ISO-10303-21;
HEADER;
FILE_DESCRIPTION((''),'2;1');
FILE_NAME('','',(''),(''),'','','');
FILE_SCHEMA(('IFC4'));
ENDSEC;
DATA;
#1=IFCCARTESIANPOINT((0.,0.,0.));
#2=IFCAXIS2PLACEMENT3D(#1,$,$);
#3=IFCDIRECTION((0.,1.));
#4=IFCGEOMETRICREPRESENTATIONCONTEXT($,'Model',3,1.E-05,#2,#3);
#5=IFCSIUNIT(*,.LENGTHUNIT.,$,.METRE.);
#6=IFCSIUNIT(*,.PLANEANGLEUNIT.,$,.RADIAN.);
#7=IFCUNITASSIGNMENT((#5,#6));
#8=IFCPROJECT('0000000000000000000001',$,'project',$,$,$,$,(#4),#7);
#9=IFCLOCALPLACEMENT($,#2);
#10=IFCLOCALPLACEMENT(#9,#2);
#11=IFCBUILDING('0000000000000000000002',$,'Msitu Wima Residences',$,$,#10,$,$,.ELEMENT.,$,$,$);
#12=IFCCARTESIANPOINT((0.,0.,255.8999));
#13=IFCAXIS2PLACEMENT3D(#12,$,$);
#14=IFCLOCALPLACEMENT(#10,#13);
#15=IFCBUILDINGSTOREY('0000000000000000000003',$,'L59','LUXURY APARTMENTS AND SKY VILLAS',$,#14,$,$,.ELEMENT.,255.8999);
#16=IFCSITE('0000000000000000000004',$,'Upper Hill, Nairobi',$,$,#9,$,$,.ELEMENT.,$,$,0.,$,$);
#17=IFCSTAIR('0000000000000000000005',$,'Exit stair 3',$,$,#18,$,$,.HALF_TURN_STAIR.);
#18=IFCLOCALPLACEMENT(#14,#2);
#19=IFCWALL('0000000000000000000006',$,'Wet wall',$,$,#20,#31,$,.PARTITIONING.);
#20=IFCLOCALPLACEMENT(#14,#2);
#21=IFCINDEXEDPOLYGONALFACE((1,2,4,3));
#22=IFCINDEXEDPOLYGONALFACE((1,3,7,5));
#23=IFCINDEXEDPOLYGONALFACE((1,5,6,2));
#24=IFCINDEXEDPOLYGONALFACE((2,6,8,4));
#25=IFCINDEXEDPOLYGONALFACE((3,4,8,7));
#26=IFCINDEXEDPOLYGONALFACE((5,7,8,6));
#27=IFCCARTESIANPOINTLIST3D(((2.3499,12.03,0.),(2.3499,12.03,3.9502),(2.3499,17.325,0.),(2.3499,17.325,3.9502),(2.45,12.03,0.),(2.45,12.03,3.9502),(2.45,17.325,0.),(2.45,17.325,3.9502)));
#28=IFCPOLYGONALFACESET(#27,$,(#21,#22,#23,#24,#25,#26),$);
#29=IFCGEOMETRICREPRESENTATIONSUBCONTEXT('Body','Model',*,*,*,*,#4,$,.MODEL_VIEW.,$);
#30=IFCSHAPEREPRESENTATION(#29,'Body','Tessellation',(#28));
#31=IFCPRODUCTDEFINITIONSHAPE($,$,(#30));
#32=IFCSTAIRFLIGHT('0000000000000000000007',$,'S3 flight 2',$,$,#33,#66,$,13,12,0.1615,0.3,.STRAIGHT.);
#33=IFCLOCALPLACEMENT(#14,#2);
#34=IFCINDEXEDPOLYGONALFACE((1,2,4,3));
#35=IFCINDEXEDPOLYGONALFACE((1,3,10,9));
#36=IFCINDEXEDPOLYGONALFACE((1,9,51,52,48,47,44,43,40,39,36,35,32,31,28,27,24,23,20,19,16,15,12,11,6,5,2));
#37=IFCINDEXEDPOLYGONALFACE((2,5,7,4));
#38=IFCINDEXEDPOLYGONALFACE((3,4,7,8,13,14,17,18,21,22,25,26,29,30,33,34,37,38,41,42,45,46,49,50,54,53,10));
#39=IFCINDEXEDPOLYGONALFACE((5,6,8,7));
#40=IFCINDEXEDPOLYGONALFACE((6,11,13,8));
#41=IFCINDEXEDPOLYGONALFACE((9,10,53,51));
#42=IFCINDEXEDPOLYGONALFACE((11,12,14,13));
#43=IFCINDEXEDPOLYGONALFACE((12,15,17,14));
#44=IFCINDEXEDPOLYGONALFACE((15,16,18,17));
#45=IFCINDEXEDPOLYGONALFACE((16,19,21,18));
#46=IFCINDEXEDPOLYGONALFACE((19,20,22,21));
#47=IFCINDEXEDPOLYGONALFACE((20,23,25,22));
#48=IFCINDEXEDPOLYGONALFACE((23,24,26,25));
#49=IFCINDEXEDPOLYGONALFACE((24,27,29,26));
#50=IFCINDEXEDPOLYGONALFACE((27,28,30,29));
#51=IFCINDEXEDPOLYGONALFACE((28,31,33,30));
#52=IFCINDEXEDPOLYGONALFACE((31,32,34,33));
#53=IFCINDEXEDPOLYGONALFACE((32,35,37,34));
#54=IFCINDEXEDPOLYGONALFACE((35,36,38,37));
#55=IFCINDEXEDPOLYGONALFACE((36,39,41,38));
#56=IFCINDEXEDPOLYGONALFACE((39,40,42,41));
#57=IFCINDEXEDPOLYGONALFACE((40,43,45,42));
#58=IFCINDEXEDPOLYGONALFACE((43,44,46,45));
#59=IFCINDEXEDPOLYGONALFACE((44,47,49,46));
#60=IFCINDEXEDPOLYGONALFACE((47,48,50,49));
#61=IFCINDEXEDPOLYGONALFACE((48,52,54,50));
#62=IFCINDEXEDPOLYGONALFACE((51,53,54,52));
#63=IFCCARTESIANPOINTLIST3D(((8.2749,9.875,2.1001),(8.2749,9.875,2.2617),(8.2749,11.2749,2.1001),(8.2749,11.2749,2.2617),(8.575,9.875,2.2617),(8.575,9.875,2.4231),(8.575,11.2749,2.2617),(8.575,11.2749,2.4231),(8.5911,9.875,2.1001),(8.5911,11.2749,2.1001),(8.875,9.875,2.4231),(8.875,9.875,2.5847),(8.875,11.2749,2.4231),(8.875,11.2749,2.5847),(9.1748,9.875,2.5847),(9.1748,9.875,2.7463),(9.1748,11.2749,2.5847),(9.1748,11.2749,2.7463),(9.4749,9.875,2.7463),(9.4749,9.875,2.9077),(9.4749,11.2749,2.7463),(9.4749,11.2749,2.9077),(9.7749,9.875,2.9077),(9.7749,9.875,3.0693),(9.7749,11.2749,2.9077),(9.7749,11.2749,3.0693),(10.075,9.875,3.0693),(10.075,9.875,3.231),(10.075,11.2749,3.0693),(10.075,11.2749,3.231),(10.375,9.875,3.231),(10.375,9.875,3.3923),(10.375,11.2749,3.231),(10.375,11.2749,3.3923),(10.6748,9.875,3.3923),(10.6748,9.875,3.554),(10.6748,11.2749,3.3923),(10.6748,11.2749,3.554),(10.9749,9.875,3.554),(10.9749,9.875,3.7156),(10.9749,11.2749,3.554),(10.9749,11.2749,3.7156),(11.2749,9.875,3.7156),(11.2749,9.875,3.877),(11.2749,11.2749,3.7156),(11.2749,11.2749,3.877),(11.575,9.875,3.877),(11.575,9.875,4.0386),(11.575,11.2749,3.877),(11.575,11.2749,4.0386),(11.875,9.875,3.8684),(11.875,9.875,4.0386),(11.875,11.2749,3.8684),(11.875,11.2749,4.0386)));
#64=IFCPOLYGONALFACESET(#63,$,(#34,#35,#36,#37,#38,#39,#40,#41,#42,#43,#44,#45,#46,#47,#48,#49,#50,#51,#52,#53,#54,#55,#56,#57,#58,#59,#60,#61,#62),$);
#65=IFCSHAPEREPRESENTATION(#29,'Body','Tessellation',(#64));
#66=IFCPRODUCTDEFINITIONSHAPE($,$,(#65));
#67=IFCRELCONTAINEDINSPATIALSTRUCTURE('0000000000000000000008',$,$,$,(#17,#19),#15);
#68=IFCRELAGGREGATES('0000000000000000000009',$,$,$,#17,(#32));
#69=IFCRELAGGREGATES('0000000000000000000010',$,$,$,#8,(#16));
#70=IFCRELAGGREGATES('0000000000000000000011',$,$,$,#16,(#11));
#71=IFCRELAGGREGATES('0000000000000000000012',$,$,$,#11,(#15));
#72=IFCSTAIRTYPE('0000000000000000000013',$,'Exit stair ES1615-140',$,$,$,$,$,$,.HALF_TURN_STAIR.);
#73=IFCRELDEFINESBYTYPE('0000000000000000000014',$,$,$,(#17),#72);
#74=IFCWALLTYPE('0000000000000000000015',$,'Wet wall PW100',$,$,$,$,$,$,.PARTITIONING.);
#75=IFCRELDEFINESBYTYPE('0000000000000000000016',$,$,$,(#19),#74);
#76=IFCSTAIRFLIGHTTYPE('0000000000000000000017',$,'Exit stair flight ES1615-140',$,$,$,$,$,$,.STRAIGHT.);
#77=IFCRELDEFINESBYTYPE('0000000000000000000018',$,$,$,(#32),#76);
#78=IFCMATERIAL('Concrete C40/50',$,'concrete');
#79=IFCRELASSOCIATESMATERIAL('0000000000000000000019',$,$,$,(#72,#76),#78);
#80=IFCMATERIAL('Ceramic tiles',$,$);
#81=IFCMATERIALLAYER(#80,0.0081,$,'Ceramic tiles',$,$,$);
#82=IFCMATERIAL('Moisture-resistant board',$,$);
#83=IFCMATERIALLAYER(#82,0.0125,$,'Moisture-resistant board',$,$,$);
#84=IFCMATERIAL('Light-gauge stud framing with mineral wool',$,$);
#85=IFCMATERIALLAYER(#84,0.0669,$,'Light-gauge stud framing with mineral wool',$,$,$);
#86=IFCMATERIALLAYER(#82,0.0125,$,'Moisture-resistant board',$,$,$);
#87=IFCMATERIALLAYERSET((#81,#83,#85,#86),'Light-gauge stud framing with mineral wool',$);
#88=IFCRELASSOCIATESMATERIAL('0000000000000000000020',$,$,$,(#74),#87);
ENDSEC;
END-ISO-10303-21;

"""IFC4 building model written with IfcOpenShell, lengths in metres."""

from ifc_helpers import new_model, si_unit, direction, frame, frame_2d, origin, place, context, subcontext, project, spatial, polyline, rectangle, outline, extrude, material, layer, layer_set, type_object, element, aggregate, save


model = new_model("IFC4")

# Units and contexts
model_context = context("Model", 3, precision=1e-05, world=origin(), true_north=direction((0.0, 1.0)))
body_context = subcontext(model_context, "Body", "Model", "MODEL_VIEW")
ifc_project = project(units=[si_unit("LENGTHUNIT", "METRE"), si_unit("PLANEANGLEUNIT", "RADIAN")], contexts=[model_context])

# Site, building, storey
site_placement = place(None, origin())
site = spatial("IfcSite", under=ifc_project, at=site_placement, Name="Upper Hill, Nairobi", CompositionType="ELEMENT", RefElevation=0.0)
building_placement = place(site_placement, origin())
building = spatial("IfcBuilding", under=site, at=building_placement, Name="Msitu Wima Residences", CompositionType="ELEMENT")
storey_placement = place(building_placement, frame((0.0, 0.0, 255.8999)))
storey = spatial("IfcBuildingStorey", under=building, at=storey_placement, Name="L59", Description="LUXURY APARTMENTS AND SKY VILLAS", CompositionType="ELEMENT", Elevation=255.8999)

# Shared definitions
ifc_material_1 = material(Name="Concrete C40/50", Category="concrete")

# Stair
stair_type = type_object("IfcStairType", Name="Exit stair ES1615-140", PredefinedType="HALF_TURN_STAIR", material=ifc_material_1)
stair_1_placement = place(storey_placement, origin())
stair_1 = element("IfcStair", 1, at=stair_1_placement, inside=storey, type_object=stair_type, Name="Exit stair 3", PredefinedType="HALF_TURN_STAIR")

# Wall
ifc_material_2 = material(Name="Ceramic tiles")
ifc_layer_1 = layer(ifc_material_2, 0.0081, Name="Ceramic tiles")
ifc_material_3 = material(Name="Moisture-resistant board")
ifc_layer_2 = layer(ifc_material_3, 0.0125, Name="Moisture-resistant board")
ifc_material_4 = material(Name="Light-gauge stud framing with mineral wool")
ifc_layer_3 = layer(ifc_material_4, 0.0669, Name="Light-gauge stud framing with mineral wool")
ifc_layer_4 = layer(ifc_material_3, 0.0125, Name="Moisture-resistant board")
ifc_layer_set_1 = layer_set([ifc_layer_1, ifc_layer_2, ifc_layer_3, ifc_layer_4], Name="Light-gauge stud framing with mineral wool")
wall_type_1 = type_object("IfcWallType", Name="Wet wall PW100", PredefinedType="PARTITIONING", material=ifc_layer_set_1)
wall_1_placement = place(storey_placement, frame((2.3999, 12.03, 0.0), z_axis=(0.0, 0.0, 1.0), x_axis=(0.0, 1.0, 0.0)))
element("IfcWall", 2, at=wall_1_placement, inside=storey, type_object=wall_type_1, Name="Wet wall", PredefinedType="PARTITIONING", context=body_context, shape_type="SweptSolid", body=[
    extrude(rectangle(XDim=5.2949, YDim=0.1001, at=frame_2d((2.6475, 0.0))), origin(), (0.0, 0.0, 1.0), 3.9502),
])

# Stair flight
stair_flight_type = type_object("IfcStairFlightType", Name="Exit stair flight ES1615-140", PredefinedType="STRAIGHT", material=ifc_material_1)
stair_flight_placement = place(storey_placement, frame((8.2749, 10.575, 2.1001), z_axis=(0.0, 0.0, 1.0), x_axis=(1.0, 0.0, 0.0)))
stair_flight = element("IfcStairFlight", 3, at=stair_flight_placement, type_object=stair_flight_type, Name="S3 flight 2", NumberOfRisers=13, NumberOfTreads=12, PredefinedType="STRAIGHT", RiserHeight=0.1615, TreadLength=0.3, context=body_context, shape_type="SweptSolid", body=[
    extrude(outline(polyline([(0.0, 0.0), (0.0, 0.1616), (0.3, 0.1616), (0.3, 0.323), (0.6001, 0.323), (0.6001, 0.4846), (0.8999, 0.4846), (0.8999, 0.6462), (1.2, 0.6462), (1.2, 0.8076), (1.5, 0.8076), (1.5, 0.9692), (1.8, 0.9692), (1.8, 1.1309), (2.1001, 1.1309), (2.1001, 1.2922), (2.3999, 1.2922), (2.3999, 1.4539), (2.7, 1.4539), (2.7, 1.6155), (3.0, 1.6155), (3.0, 1.7769), (3.3, 1.7769), (3.3, 1.9385), (3.6001, 1.9385), (3.6001, 2.1001), (3.6001, 1.7683), (0.3162, 0.0), (0.0, 0.0)])), frame((0.0, 0.7, 0.0), z_axis=(0.0, -1.0, 0.0), x_axis=(1.0, 0.0, 0.0)), (0.0, 0.0, 1.0), 1.3999),
])
aggregate(stair_1, [stair_flight])

save(model, "model.ifc")
